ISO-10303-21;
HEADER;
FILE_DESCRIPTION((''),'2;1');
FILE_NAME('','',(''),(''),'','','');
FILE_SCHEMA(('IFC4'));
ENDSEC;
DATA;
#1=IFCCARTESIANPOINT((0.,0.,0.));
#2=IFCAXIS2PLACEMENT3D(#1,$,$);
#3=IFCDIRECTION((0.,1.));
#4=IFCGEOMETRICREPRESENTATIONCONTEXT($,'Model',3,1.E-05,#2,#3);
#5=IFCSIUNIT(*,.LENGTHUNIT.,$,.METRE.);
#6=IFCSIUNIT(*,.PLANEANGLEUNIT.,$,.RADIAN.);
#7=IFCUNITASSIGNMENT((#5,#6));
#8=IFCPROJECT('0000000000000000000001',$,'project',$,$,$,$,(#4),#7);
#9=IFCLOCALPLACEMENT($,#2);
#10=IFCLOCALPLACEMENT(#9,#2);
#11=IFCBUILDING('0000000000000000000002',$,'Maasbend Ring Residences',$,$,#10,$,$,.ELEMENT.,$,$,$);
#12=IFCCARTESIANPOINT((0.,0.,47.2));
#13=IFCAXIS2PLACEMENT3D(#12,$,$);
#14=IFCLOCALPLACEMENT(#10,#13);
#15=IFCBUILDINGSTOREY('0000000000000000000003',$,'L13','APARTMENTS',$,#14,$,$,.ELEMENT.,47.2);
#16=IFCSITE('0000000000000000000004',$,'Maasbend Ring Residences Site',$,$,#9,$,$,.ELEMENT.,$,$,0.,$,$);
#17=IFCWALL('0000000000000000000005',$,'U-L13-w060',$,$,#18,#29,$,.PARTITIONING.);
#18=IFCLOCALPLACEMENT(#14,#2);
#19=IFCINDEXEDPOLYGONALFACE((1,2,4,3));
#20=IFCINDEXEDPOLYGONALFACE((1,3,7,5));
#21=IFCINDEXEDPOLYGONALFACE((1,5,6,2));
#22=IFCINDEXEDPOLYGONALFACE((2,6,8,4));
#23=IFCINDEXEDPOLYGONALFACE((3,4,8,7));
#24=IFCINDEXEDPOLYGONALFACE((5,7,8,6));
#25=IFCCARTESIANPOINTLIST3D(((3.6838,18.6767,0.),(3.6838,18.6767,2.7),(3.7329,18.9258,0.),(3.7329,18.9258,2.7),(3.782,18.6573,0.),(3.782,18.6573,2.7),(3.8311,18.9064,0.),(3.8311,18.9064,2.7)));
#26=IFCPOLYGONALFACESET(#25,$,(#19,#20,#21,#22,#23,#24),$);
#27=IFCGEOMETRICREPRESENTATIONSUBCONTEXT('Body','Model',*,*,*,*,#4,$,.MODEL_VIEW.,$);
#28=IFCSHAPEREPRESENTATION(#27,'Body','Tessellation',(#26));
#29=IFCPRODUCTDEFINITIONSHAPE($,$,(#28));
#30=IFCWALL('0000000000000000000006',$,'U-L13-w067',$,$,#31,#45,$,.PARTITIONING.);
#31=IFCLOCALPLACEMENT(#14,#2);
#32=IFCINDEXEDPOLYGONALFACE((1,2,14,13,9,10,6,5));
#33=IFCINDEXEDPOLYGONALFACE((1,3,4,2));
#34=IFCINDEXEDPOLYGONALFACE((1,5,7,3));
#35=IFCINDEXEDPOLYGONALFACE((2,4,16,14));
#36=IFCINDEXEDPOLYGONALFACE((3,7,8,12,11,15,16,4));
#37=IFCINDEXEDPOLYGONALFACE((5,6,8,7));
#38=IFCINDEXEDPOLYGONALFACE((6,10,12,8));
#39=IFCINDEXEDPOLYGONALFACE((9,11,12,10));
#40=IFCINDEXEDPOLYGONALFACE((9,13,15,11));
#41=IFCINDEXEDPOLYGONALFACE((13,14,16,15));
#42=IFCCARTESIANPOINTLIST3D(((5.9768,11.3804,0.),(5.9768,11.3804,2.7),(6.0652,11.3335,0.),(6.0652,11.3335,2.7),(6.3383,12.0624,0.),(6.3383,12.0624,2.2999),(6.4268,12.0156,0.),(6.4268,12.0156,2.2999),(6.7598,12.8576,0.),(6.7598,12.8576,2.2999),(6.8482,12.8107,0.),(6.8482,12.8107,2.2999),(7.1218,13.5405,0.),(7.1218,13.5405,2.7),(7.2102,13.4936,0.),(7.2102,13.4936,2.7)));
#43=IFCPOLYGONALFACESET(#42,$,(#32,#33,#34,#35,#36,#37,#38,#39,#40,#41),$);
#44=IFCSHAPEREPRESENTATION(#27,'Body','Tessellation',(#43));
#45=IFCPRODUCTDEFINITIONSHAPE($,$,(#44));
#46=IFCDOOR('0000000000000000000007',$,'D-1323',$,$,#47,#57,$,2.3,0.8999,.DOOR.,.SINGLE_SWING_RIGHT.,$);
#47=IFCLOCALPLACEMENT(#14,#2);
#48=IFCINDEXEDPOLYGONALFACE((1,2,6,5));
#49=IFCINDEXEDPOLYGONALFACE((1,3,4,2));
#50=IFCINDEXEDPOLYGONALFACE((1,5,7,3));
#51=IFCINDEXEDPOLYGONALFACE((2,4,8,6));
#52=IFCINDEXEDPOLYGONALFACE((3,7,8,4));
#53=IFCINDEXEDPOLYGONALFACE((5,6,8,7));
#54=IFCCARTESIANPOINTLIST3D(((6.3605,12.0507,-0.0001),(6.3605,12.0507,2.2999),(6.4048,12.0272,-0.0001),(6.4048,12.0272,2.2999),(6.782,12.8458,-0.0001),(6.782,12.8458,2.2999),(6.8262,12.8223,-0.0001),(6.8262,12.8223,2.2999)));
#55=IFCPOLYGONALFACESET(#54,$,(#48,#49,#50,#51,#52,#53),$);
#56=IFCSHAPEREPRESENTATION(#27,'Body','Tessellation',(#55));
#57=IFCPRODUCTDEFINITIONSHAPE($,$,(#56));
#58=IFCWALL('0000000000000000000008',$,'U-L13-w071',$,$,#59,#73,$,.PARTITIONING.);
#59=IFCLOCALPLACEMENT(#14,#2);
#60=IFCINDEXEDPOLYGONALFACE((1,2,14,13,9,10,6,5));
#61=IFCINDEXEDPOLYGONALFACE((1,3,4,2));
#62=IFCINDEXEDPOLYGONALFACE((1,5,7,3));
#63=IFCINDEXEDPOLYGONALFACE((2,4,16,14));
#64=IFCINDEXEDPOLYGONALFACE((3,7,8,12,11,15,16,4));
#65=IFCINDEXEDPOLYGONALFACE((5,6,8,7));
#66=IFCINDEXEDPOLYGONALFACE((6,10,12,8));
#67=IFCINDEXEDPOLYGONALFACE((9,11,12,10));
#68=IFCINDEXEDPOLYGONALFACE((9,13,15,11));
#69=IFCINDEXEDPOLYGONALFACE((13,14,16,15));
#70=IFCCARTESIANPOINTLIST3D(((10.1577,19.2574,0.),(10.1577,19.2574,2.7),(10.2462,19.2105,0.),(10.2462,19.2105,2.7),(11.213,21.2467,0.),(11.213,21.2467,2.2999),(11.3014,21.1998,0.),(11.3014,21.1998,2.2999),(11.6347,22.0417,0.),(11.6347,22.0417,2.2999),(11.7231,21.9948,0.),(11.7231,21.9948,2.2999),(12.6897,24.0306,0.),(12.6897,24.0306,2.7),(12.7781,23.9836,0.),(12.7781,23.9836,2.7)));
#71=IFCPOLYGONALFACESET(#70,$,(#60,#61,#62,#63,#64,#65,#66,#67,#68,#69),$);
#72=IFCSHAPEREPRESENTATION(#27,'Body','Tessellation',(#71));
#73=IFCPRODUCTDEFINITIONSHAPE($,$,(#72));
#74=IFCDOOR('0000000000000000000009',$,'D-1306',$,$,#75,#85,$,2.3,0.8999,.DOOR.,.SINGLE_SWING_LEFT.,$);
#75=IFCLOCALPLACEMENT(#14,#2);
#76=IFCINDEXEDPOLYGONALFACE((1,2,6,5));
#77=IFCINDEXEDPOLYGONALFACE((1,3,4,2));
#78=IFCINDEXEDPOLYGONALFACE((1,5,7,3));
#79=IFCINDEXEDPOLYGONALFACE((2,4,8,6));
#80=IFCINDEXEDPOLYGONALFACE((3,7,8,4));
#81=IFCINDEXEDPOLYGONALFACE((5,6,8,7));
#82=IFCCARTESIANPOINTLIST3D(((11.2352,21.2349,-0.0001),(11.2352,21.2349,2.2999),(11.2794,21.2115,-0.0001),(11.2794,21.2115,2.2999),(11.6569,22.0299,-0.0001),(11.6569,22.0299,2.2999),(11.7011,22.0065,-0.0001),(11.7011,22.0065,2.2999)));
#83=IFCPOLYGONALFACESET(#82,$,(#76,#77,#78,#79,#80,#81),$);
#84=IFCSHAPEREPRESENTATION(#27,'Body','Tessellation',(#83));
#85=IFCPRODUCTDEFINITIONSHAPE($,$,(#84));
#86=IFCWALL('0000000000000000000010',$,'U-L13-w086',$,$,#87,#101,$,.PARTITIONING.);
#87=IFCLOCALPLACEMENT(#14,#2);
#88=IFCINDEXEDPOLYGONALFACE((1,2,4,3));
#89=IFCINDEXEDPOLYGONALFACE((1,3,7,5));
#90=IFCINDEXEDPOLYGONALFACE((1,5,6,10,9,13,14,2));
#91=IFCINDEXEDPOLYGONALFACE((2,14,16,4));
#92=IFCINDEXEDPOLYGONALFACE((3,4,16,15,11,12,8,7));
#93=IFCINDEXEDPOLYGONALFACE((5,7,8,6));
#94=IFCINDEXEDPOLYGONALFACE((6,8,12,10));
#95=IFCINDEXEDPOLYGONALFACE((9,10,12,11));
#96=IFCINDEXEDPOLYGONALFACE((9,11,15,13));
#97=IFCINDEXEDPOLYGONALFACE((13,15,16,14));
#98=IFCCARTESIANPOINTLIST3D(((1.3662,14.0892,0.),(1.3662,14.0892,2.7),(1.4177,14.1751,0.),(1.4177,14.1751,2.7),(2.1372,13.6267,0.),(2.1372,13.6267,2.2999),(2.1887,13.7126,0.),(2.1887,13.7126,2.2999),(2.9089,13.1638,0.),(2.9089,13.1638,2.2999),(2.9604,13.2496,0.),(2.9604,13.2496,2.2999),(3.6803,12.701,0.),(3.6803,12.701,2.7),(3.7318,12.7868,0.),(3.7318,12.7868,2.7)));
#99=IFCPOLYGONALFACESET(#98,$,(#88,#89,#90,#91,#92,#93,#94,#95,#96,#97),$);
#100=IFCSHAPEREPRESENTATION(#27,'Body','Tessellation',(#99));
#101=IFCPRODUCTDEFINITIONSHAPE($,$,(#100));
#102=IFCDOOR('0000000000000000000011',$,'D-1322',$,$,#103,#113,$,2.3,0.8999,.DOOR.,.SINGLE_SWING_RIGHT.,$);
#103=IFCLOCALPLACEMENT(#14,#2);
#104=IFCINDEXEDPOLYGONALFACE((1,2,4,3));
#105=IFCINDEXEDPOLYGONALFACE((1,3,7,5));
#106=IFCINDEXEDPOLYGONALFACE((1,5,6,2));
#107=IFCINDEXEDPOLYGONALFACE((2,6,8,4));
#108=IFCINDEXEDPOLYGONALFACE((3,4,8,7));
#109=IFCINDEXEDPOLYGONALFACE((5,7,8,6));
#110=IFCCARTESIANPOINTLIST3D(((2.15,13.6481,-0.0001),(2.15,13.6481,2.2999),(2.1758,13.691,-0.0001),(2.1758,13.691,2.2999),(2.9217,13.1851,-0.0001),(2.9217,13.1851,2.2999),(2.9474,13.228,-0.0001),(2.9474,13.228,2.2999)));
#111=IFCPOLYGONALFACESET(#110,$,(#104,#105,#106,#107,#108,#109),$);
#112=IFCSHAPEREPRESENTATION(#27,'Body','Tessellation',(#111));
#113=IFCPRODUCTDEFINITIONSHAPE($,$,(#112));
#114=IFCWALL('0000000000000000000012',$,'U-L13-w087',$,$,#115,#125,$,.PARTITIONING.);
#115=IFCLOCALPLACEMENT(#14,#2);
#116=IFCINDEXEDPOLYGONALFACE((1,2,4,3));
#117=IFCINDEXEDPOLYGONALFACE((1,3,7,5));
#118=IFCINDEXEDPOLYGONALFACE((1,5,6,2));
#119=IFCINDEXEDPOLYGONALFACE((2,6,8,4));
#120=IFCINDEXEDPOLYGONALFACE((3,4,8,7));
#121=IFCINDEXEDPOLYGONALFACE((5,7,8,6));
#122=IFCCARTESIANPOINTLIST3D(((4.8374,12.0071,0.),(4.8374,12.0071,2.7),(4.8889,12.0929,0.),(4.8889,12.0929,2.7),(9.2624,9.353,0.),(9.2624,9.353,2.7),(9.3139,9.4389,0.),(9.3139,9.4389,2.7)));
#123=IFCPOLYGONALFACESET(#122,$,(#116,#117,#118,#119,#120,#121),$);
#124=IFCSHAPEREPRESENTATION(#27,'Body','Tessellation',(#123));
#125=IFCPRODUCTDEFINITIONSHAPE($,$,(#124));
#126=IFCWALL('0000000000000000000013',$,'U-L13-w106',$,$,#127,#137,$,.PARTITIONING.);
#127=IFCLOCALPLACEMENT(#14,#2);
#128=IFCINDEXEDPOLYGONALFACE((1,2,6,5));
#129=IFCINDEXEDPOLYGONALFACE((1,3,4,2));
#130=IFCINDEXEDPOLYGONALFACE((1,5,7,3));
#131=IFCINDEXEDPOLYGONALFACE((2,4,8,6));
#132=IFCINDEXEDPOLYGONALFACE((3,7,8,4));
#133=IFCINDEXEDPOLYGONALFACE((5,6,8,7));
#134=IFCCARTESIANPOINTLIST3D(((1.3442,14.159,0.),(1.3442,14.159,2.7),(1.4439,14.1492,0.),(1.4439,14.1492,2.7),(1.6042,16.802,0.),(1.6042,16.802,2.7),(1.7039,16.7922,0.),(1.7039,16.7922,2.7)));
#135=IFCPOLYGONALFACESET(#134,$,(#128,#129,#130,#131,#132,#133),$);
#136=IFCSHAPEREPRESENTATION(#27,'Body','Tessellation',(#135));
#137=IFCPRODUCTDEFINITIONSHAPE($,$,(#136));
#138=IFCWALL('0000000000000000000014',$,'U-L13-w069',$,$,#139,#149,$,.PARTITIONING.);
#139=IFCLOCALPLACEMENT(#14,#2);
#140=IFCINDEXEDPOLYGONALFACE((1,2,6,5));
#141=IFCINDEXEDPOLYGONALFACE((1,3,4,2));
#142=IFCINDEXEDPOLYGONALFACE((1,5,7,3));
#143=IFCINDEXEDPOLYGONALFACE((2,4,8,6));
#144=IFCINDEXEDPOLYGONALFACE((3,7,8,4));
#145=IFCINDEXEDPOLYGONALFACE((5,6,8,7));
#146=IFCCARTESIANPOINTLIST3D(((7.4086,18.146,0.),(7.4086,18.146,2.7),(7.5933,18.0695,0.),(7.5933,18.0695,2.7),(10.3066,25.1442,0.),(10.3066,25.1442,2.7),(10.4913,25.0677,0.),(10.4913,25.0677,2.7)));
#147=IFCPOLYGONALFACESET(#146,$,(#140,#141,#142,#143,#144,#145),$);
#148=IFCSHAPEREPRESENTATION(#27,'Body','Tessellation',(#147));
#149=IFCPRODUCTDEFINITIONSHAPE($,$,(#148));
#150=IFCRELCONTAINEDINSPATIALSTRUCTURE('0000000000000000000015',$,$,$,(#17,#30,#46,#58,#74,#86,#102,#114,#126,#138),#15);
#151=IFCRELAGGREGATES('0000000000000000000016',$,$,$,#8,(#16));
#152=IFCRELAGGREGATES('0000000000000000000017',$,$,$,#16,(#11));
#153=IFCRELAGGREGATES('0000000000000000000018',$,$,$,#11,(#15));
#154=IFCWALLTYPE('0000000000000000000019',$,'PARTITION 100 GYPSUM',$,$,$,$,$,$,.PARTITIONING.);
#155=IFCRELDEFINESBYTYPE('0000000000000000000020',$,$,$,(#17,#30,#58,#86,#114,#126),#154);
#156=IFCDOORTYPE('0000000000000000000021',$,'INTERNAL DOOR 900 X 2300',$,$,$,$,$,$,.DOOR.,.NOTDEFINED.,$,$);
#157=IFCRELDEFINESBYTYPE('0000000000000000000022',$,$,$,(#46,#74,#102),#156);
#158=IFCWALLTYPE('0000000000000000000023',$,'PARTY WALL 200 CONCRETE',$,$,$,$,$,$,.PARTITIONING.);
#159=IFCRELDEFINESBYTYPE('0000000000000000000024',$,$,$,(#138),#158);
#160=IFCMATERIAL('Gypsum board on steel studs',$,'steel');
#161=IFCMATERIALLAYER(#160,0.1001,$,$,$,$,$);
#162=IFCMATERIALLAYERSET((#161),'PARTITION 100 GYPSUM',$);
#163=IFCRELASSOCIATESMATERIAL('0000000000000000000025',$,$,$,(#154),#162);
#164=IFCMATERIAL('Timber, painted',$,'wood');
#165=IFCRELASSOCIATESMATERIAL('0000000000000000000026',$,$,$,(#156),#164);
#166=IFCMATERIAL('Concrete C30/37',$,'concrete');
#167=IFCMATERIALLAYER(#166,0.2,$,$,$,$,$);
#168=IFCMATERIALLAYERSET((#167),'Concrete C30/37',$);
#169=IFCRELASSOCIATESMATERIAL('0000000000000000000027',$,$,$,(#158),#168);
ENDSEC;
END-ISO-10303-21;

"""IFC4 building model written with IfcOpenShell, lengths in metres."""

from ifc_helpers import new_model, si_unit, direction, frame, frame_2d, origin, place, context, subcontext, project, spatial, rectangle, extrude, material, layer, layer_set, type_object, element, fill, save


model = new_model("IFC4")

# Units and contexts
model_context = context("Model", 3, precision=1e-05, world=origin(), true_north=direction((0.0, 1.0)))
body_context = subcontext(model_context, "Body", "Model", "MODEL_VIEW")
ifc_project = project(units=[si_unit("LENGTHUNIT", "METRE"), si_unit("PLANEANGLEUNIT", "RADIAN")], contexts=[model_context])

# Site, building, storey
site_placement = place(None, origin())
site = spatial("IfcSite", under=ifc_project, at=site_placement, Name="Maasbend Ring Residences Site", CompositionType="ELEMENT", RefElevation=0.0)
building_placement = place(site_placement, origin())
building = spatial("IfcBuilding", under=site, at=building_placement, Name="Maasbend Ring Residences", CompositionType="ELEMENT")
storey_placement = place(building_placement, frame((0.0, 0.0, 47.2)))
storey = spatial("IfcBuildingStorey", under=building, at=storey_placement, Name="L13", Description="APARTMENTS", CompositionType="ELEMENT", Elevation=47.2)

# Wall
ifc_material_1 = material(Name="Gypsum board on steel studs", Category="steel")
ifc_layer_1 = layer(ifc_material_1, 0.1001)
ifc_layer_set_1 = layer_set([ifc_layer_1], Name="PARTITION 100 GYPSUM")
wall_type_1 = type_object("IfcWallType", Name="PARTITION 100 GYPSUM", PredefinedType="PARTITIONING", material=ifc_layer_set_1)
wall_1_placement = place(storey_placement, frame((3.7329, 18.667, 0.0), z_axis=(0.0, 0.0, 1.0), x_axis=(0.193341, 0.981132, 0.0)))
element("IfcWall", 1, at=wall_1_placement, inside=storey, type_object=wall_type_1, Name="U-L13-w060", PredefinedType="PARTITIONING", context=body_context, shape_type="SweptSolid", body=[
    extrude(rectangle(XDim=0.2539, YDim=0.1001, at=frame_2d((0.127, 0.0))), origin(), (0.0, 0.0, 1.0), 2.7),
])

# Walls, openings, doors
wall_2_placement = place(storey_placement, frame((6.021, 11.3569, 0.0), z_axis=(0.0, 0.0, 1.0), x_axis=(0.468337, 0.88355, 0.0)))
wall_2 = element("IfcWall", 2, at=wall_2_placement, inside=storey, type_object=wall_type_1, Name="U-L13-w067", PredefinedType="PARTITIONING", context=body_context, shape_type="SweptSolid", body=[
    extrude(rectangle(XDim=2.4448, YDim=0.1001, at=frame_2d((1.2224, 0.0))), origin(), (0.0, 0.0, 1.0), 2.7),
])
opening_1_placement = place(wall_2_placement, frame((0.772, 0.0, 0.0)))
opening_1 = element("IfcOpeningElement", 3, at=opening_1_placement, cuts=wall_2, PredefinedType="OPENING", context=body_context, shape_type="SweptSolid", body=[
    extrude(rectangle(XDim=0.8999, YDim=2.3, at=frame_2d((0.45, 1.1499))), frame((0.0, 0.0601, 0.0), z_axis=(0.0, -1.0, 0.0), x_axis=(1.0, 0.0, 0.0)), (0.0, 0.0, 1.0), 0.1201),
])
ifc_material_2 = material(Name="Timber, painted", Category="wood")
door_type_1 = type_object("IfcDoorType", Name="INTERNAL DOOR 900 X 2300", OperationType="NOTDEFINED", PredefinedType="DOOR", material=ifc_material_2)
door_1_placement = place(opening_1_placement, origin())
door_1 = element("IfcDoor", 4, at=door_1_placement, inside=storey, type_object=door_type_1, Name="D-1323", OperationType="SINGLE_SWING_RIGHT", OverallHeight=2.3, OverallWidth=0.8999, PredefinedType="DOOR", context=body_context, shape_type="SweptSolid", body=[
    extrude(rectangle(XDim=0.8999, YDim=2.3, at=frame_2d((0.45, 1.1499))), frame((0.0, 0.0249, 0.0), z_axis=(0.0, -1.0, 0.0), x_axis=(1.0, 0.0, 0.0)), (0.0, 0.0, 1.0), 0.05),
])
fill(opening_1, door_1)
wall_3_placement = place(storey_placement, frame((10.2019, 19.2339, 0.0), z_axis=(0.0, 0.0, 1.0), x_axis=(0.46861, 0.883405, 0.0)))
wall_3 = element("IfcWall", 5, at=wall_3_placement, inside=storey, type_object=wall_type_1, Name="U-L13-w071", PredefinedType="PARTITIONING", context=body_context, shape_type="SweptSolid", body=[
    extrude(rectangle(XDim=5.4031, YDim=0.1001, at=frame_2d((2.7017, 0.0))), origin(), (0.0, 0.0, 1.0), 2.7),
])
opening_2_placement = place(wall_3_placement, frame((2.252, 0.0, 0.0)))
opening_2 = element("IfcOpeningElement", 6, at=opening_2_placement, cuts=wall_3, PredefinedType="OPENING", context=body_context, shape_type="SweptSolid", body=[
    extrude(rectangle(XDim=0.8999, YDim=2.3, at=frame_2d((0.45, 1.1499))), frame((0.0, 0.0601, 0.0), z_axis=(0.0, -1.0, 0.0), x_axis=(1.0, 0.0, 0.0)), (0.0, 0.0, 1.0), 0.1201),
])
door_2_placement = place(opening_2_placement, origin())
door_2 = element("IfcDoor", 7, at=door_2_placement, inside=storey, type_object=door_type_1, Name="D-1306", OperationType="SINGLE_SWING_LEFT", OverallHeight=2.3, OverallWidth=0.8999, PredefinedType="DOOR", context=body_context, shape_type="SweptSolid", body=[
    extrude(rectangle(XDim=0.8999, YDim=2.3, at=frame_2d((0.45, 1.1499))), frame((0.0, 0.0249, 0.0), z_axis=(0.0, -1.0, 0.0), x_axis=(1.0, 0.0, 0.0)), (0.0, 0.0, 1.0), 0.05),
])
fill(opening_2, door_2)
wall_4_placement = place(storey_placement, frame((1.3921, 14.1321, 0.0), z_axis=(0.0, 0.0, 1.0), x_axis=(0.857525, -0.514443, 0.0)))
wall_4 = element("IfcWall", 8, at=wall_4_placement, inside=storey, type_object=wall_type_1, Name="U-L13-w086", PredefinedType="PARTITIONING", context=body_context, shape_type="SweptSolid", body=[
    extrude(rectangle(XDim=2.6985, YDim=0.1001, at=frame_2d((1.3491, 0.0))), origin(), (0.0, 0.0, 1.0), 2.7),
])
opening_3_placement = place(wall_4_placement, frame((0.8989, 0.0, 0.0)))
opening_3 = element("IfcOpeningElement", 9, at=opening_3_placement, cuts=wall_4, PredefinedType="OPENING", context=body_context, shape_type="SweptSolid", body=[
    extrude(rectangle(XDim=0.8999, YDim=2.3, at=frame_2d((0.45, 1.1499))), frame((0.0, 0.0601, 0.0), z_axis=(0.0, -1.0, 0.0), x_axis=(1.0, 0.0, 0.0)), (0.0, 0.0, 1.0), 0.1201),
])
door_3_placement = place(opening_3_placement, origin())
door_3 = element("IfcDoor", 10, at=door_3_placement, inside=storey, type_object=door_type_1, Name="D-1322", OperationType="SINGLE_SWING_RIGHT", OverallHeight=2.3, OverallWidth=0.8999, PredefinedType="DOOR", context=body_context, shape_type="SweptSolid", body=[
    extrude(rectangle(XDim=0.8999, YDim=2.3, at=frame_2d((0.45, 1.1499))), frame((0.0, 0.0249, 0.0), z_axis=(0.0, -1.0, 0.0), x_axis=(1.0, 0.0, 0.0)), (0.0, 0.0, 1.0), 0.05),
])
fill(opening_3, door_3)

# Walls
wall_5_placement = place(storey_placement, frame((4.863, 12.05, 0.0), z_axis=(0.0, 0.0, 1.0), x_axis=(0.857576, -0.514357, 0.0)))
element("IfcWall", 11, at=wall_5_placement, inside=storey, type_object=wall_type_1, Name="U-L13-w087", PredefinedType="PARTITIONING", context=body_context, shape_type="SweptSolid", body=[
    extrude(rectangle(XDim=5.1599, YDim=0.1001, at=frame_2d((2.5801, 0.0))), origin(), (0.0, 0.0, 1.0), 2.7),
])
wall_6_placement = place(storey_placement, frame((1.394, 14.1541, 0.0), z_axis=(0.0, 0.0, 1.0), x_axis=(0.097902, 0.995196, 0.0)))
element("IfcWall", 12, at=wall_6_placement, inside=storey, type_object=wall_type_1, Name="U-L13-w106", PredefinedType="PARTITIONING", context=body_context, shape_type="SweptSolid", body=[
    extrude(rectangle(XDim=2.6558, YDim=0.1001, at=frame_2d((1.3279, 0.0))), origin(), (0.0, 0.0, 1.0), 2.7),
])
ifc_material_3 = material(Name="Concrete C30/37", Category="concrete")
ifc_layer_2 = layer(ifc_material_3, 0.2)
ifc_layer_set_2 = layer_set([ifc_layer_2], Name="Concrete C30/37")
wall_type_2 = type_object("IfcWallType", Name="PARTY WALL 200 CONCRETE", PredefinedType="PARTITIONING", material=ifc_layer_set_2)
wall_7_placement = place(storey_placement, frame((7.501, 18.1079, 0.0), z_axis=(0.0, 0.0, 1.0), x_axis=(0.3826, 0.923914, 0.0)))
element("IfcWall", 13, at=wall_7_placement, inside=storey, type_object=wall_type_2, Name="U-L13-w069", PredefinedType="PARTITIONING", context=body_context, shape_type="SweptSolid", body=[
    extrude(rectangle(XDim=7.5745, YDim=0.2, at=frame_2d((3.7871, 0.0))), origin(), (0.0, 0.0, 1.0), 2.7),
])

save(model, "model.ifc")
